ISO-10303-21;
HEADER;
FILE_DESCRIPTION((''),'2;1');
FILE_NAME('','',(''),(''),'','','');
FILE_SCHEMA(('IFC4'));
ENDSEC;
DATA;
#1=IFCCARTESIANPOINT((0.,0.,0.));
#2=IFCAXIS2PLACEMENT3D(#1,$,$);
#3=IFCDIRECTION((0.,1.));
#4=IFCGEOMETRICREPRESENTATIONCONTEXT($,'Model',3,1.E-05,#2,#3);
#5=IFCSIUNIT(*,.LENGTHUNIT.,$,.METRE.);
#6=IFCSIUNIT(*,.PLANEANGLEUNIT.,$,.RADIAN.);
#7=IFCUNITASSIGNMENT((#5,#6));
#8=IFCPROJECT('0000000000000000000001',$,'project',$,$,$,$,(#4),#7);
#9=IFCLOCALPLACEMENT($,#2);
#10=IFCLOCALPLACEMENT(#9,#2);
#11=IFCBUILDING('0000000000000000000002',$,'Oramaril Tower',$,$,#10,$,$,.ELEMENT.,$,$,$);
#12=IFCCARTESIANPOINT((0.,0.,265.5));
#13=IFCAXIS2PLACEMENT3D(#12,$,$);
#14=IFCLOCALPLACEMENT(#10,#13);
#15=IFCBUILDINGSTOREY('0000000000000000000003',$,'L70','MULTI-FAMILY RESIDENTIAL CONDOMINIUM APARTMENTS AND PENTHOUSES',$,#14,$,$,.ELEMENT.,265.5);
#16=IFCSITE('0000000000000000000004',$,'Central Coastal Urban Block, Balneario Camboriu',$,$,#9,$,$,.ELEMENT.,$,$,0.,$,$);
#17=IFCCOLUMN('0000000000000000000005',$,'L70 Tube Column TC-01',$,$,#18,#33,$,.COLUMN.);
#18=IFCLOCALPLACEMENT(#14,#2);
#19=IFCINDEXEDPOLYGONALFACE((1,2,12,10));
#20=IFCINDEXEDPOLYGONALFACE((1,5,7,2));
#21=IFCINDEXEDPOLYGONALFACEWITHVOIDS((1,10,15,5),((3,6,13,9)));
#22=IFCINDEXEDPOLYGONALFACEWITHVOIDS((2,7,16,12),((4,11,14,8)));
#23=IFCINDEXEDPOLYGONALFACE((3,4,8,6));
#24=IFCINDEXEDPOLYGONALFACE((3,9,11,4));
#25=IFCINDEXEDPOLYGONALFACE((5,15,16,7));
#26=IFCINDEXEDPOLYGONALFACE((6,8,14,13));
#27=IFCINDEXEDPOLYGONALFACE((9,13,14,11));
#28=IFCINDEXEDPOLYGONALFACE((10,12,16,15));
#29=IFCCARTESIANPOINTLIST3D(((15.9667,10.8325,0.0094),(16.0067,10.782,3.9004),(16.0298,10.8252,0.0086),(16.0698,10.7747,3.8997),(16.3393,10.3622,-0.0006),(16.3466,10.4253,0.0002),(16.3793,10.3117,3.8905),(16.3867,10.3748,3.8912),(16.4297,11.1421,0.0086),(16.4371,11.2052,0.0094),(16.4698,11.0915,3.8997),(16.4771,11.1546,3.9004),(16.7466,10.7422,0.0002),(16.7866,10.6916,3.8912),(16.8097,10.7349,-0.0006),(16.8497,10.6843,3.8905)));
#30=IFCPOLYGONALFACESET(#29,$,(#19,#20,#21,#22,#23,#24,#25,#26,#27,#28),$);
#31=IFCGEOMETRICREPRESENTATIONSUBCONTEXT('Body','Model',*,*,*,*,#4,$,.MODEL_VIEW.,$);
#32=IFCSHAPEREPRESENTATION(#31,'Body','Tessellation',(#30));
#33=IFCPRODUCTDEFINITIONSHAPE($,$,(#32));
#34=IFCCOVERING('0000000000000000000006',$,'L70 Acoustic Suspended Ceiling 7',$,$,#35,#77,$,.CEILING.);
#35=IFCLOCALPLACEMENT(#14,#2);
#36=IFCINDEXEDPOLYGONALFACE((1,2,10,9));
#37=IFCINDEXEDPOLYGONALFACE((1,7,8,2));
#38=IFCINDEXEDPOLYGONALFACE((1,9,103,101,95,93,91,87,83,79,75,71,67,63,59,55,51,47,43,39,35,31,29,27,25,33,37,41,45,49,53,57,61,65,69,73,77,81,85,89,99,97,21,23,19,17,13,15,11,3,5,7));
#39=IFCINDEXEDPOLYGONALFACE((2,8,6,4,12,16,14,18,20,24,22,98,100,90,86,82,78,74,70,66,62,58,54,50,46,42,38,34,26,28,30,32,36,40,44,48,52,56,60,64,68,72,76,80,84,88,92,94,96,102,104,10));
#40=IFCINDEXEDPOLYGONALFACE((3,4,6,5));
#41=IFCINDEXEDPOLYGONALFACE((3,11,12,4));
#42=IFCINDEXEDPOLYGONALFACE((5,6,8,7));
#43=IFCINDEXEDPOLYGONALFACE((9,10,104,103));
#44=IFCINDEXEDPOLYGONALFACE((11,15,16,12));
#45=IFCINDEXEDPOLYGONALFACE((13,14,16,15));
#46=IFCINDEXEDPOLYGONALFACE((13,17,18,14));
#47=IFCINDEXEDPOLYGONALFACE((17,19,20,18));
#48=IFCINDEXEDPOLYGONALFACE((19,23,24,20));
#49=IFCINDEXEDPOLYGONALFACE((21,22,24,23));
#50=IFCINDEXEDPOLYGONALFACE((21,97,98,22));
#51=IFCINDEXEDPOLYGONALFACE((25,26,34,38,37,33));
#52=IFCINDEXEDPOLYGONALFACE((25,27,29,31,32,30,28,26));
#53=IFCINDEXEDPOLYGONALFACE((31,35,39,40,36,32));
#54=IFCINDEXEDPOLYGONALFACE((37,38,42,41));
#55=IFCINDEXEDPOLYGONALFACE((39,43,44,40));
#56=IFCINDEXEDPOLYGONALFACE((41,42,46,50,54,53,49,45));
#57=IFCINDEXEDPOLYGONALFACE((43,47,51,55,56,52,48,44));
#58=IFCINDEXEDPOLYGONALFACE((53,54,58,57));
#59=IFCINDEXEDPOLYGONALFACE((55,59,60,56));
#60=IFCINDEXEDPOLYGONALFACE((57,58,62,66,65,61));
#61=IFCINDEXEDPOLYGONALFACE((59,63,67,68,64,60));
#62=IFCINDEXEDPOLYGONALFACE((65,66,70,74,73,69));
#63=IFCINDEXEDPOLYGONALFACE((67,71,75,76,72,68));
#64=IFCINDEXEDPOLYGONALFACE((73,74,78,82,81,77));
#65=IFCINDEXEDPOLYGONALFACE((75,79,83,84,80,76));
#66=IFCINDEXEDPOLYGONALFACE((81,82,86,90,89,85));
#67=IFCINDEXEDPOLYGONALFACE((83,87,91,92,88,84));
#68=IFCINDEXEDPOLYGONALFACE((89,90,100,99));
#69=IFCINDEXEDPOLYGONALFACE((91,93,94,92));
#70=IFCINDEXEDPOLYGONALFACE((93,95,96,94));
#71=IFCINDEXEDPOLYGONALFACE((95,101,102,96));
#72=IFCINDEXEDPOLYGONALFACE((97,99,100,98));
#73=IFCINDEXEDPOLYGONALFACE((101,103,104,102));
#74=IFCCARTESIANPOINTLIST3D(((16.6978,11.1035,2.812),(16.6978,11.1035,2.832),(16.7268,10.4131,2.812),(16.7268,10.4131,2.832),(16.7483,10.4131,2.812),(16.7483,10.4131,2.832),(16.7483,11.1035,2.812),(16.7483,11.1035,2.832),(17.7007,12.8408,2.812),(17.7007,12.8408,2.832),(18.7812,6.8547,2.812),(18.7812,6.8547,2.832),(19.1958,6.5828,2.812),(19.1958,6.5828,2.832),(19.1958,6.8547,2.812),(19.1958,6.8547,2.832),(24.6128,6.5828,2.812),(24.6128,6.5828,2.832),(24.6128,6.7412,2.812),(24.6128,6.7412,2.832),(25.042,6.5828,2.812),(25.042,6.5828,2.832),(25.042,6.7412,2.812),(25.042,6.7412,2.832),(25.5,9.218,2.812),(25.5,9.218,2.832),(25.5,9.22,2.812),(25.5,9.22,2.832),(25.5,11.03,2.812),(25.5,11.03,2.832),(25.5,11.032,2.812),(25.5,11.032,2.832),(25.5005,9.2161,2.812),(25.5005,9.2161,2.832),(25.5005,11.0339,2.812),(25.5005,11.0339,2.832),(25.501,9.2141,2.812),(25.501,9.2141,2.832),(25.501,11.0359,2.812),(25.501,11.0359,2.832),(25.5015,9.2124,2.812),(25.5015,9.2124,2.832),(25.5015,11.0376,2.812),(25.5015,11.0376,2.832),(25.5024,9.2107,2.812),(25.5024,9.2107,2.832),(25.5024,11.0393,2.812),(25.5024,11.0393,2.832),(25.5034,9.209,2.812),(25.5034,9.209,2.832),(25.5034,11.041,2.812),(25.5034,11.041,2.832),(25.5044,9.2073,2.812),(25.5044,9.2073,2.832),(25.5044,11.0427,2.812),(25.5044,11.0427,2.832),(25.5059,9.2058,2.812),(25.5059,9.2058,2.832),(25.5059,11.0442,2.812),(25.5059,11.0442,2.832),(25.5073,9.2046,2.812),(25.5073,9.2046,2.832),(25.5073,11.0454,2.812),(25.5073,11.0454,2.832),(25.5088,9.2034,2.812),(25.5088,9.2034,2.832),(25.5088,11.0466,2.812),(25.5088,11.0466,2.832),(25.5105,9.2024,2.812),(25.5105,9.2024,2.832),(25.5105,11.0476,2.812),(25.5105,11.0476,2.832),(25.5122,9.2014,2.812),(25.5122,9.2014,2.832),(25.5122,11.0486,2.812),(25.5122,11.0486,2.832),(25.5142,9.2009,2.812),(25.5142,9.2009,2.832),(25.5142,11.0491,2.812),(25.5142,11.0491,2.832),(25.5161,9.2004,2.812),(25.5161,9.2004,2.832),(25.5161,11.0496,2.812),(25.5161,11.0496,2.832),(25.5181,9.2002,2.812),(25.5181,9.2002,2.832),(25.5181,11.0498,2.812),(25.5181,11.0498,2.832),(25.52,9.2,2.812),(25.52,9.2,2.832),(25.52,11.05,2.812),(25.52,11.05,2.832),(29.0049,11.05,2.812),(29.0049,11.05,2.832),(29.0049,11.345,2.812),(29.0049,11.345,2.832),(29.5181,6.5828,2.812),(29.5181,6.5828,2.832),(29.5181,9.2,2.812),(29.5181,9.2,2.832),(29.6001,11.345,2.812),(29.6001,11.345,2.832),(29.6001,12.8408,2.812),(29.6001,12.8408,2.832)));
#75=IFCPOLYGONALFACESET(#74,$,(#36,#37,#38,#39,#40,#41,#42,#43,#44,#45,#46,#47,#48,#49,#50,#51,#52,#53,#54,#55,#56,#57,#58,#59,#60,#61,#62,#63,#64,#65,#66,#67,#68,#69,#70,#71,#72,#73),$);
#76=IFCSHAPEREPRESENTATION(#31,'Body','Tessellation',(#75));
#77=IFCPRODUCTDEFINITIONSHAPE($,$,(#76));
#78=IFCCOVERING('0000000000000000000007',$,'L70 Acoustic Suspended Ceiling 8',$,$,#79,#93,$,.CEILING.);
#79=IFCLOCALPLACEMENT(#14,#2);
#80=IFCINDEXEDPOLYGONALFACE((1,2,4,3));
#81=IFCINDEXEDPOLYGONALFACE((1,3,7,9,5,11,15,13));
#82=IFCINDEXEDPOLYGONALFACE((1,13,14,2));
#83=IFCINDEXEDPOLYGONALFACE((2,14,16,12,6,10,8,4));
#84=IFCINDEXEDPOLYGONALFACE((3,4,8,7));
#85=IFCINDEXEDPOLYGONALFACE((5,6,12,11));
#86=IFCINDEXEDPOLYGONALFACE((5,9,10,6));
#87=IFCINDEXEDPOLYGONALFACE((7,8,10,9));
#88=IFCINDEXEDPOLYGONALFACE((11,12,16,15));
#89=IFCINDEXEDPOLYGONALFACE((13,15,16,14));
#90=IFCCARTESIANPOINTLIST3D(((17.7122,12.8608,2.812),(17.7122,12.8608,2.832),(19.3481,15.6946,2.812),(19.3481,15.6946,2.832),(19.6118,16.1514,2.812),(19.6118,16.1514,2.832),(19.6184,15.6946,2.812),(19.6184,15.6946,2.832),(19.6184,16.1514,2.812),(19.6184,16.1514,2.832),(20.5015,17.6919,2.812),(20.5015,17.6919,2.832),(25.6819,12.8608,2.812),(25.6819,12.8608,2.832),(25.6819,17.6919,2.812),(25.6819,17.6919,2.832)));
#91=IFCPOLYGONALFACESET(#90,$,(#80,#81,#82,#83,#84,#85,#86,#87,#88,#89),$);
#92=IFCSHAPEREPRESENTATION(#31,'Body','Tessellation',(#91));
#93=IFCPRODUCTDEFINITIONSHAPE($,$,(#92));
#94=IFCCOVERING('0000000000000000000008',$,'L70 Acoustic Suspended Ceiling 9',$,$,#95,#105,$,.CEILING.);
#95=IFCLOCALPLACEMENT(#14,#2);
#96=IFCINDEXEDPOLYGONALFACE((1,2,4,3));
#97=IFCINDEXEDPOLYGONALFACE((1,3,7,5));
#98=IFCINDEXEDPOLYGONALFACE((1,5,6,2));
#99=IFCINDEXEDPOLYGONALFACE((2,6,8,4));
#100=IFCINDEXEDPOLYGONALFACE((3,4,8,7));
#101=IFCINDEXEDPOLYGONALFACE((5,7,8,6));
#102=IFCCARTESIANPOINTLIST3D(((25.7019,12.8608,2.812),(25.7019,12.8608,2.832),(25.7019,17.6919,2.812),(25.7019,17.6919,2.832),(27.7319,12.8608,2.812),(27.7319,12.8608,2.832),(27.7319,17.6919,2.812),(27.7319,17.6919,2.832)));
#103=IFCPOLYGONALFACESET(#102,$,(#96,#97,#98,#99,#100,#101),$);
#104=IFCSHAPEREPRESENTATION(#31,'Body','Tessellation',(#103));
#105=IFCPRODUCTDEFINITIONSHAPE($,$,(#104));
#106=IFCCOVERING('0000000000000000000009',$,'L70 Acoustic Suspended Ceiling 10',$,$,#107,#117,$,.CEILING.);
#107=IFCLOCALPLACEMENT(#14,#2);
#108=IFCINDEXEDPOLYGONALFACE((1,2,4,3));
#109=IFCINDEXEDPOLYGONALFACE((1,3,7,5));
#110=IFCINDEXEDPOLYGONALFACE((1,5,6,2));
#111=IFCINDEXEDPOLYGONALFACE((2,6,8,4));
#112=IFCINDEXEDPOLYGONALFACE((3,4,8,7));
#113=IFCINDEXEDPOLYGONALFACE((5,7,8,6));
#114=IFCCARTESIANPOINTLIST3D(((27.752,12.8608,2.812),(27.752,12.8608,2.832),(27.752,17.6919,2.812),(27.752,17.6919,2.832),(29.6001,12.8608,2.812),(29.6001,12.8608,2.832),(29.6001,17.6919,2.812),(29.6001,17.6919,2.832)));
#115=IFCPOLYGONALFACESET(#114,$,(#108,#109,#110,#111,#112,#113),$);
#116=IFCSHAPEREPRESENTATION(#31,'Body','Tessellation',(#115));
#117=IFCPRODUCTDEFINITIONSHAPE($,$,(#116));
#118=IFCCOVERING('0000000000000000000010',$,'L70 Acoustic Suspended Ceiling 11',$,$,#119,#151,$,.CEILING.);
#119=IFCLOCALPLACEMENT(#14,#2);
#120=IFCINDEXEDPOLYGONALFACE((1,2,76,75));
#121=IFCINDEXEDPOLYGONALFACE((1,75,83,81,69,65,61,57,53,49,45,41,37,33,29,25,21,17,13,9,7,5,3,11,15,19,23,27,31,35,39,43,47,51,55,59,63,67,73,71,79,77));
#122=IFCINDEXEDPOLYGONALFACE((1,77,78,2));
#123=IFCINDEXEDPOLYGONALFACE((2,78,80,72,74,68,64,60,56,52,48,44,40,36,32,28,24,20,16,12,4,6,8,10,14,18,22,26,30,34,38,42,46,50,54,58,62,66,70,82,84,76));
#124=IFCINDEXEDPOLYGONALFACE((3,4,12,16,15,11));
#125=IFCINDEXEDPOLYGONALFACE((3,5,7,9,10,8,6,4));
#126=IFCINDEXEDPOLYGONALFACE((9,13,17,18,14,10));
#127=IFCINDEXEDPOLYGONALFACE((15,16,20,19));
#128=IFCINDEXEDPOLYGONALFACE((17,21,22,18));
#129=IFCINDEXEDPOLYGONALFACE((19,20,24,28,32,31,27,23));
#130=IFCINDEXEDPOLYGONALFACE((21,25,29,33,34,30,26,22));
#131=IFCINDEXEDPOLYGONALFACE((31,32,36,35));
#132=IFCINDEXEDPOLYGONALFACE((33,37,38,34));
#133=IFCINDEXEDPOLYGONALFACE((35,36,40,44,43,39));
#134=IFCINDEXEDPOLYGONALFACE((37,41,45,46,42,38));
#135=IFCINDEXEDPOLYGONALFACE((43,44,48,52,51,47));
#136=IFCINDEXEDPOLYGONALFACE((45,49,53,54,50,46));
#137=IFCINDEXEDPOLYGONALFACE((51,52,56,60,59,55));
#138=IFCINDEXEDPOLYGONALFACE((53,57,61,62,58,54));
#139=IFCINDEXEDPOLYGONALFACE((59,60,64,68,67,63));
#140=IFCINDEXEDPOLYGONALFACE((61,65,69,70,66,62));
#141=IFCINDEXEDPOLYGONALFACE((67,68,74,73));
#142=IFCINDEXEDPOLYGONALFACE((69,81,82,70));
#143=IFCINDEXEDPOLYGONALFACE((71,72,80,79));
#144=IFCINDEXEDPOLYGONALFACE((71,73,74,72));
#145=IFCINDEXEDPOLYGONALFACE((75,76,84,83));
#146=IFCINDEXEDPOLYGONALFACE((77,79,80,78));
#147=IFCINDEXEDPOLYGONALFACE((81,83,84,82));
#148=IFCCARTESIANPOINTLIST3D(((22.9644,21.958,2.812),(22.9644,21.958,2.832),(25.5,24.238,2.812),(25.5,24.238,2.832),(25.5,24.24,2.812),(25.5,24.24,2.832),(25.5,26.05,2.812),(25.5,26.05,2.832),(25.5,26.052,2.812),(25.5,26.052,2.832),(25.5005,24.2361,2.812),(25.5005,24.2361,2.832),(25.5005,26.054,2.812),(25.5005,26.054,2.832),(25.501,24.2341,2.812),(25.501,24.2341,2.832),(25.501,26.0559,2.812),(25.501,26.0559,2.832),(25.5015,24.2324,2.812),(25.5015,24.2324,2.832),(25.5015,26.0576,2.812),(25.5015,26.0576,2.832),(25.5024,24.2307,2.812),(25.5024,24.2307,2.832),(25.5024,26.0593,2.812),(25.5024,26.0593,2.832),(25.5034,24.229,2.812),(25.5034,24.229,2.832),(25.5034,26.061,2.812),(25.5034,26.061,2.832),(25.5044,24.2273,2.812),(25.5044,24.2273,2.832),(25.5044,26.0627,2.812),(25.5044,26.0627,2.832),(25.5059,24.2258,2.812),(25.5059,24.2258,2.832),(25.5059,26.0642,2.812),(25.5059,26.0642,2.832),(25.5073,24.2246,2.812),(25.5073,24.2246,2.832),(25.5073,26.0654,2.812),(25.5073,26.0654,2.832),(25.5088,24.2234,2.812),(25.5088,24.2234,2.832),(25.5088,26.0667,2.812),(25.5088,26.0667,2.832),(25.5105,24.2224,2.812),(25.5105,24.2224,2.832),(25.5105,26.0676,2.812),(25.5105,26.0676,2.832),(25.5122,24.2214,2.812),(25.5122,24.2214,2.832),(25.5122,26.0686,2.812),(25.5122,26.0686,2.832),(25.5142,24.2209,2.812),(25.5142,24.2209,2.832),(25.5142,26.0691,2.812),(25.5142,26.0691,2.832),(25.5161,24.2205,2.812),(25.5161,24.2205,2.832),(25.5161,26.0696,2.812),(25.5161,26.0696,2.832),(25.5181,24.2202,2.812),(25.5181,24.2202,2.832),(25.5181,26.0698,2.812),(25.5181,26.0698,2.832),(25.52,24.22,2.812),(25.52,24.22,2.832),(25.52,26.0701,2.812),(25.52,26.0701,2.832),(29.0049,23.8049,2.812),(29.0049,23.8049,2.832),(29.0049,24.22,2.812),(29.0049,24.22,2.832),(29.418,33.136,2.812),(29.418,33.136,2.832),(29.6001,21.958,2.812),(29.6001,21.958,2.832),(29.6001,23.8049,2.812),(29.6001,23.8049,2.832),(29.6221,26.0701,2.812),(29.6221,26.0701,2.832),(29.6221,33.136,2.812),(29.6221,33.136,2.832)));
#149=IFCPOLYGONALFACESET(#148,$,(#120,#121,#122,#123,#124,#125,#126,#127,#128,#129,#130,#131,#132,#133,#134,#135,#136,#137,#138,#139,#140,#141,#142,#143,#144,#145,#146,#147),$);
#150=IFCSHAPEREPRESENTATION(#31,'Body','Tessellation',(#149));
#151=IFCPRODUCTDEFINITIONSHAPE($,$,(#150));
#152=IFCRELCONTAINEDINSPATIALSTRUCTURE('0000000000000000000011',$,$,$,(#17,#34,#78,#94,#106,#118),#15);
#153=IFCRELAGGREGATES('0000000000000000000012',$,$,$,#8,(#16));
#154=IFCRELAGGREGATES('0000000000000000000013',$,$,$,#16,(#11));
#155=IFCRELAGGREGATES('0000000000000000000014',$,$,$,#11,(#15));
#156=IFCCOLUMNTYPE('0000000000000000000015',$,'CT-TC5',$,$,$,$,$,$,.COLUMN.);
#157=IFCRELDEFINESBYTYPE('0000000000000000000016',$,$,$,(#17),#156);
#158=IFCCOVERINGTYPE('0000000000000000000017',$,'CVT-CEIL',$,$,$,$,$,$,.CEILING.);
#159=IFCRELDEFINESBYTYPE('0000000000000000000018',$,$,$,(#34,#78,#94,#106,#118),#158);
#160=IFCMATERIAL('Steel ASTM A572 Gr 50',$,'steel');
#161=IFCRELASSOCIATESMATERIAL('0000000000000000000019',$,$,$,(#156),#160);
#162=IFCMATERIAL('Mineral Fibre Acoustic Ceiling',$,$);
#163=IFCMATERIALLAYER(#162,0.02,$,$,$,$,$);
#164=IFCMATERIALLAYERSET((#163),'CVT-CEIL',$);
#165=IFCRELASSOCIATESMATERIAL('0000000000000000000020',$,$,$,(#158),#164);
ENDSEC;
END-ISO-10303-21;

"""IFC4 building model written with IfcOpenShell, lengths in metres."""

from ifc_helpers import new_model, si_unit, direction, frame, origin, origin_2d, place, context, subcontext, project, spatial, polyline, hollow_rectangle, outline, extrude, material, layer, layer_set, material_profile, profile_set, type_object, element, save


model = new_model("IFC4")

# Units and contexts
model_context = context("Model", 3, precision=1e-05, world=origin(), true_north=direction((0.0, 1.0)))
body_context = subcontext(model_context, "Body", "Model", "MODEL_VIEW")
ifc_project = project(units=[si_unit("LENGTHUNIT", "METRE"), si_unit("PLANEANGLEUNIT", "RADIAN")], contexts=[model_context])

# Site, building, storey
site_placement = place(None, origin())
site = spatial("IfcSite", under=ifc_project, at=site_placement, Name="Central Coastal Urban Block, Balneario Camboriu", CompositionType="ELEMENT", RefElevation=0.0)
building_placement = place(site_placement, origin())
building = spatial("IfcBuilding", under=site, at=building_placement, Name="Oramaril Tower", CompositionType="ELEMENT")
storey_placement = place(building_placement, frame((0.0, 0.0, 265.5)))
storey = spatial("IfcBuildingStorey", under=building, at=storey_placement, Name="L70", Description="MULTI-FAMILY RESIDENTIAL CONDOMINIUM APARTMENTS AND PENTHOUSES", CompositionType="ELEMENT", Elevation=265.5)

# Column
ifc_material_1 = material(Name="Steel ASTM A572 Gr 50", Category="steel")
ifc_material_profile = material_profile(ifc_material_1, hollow_rectangle(XDim=0.6001, YDim=0.6001, WallThickness=0.0449, at=origin_2d()), Name="BOX600X600X45")
ifc_profile_set = profile_set([ifc_material_profile], Name="Steel ASTM A572 Gr 50")
column_type = type_object("IfcColumnType", Name="CT-TC5", PredefinedType="COLUMN", material=ifc_profile_set)
column_placement = place(storey_placement, frame((16.3882, 10.7837, 0.0044), z_axis=(0.010288, -0.012986, 0.999863), x_axis=(0.783815, 0.620994, 0.0)))
element("IfcColumn", 1, at=column_placement, inside=storey, type_object=column_type, Name="L70 Tube Column TC-01", PredefinedType="COLUMN", context=body_context, shape_type="SweptSolid", body=[
    extrude(hollow_rectangle(XDim=0.6001, YDim=0.6001, WallThickness=0.0449, at=origin_2d()), origin(), (0.0, 0.0, 1.0), 3.8916),
])

# Coverings
ifc_material_2 = material(Name="Mineral Fibre Acoustic Ceiling")
ifc_layer_1 = layer(ifc_material_2, 0.02)
ifc_layer_set_1 = layer_set([ifc_layer_1], Name="CVT-CEIL")
covering_type_1 = type_object("IfcCoveringType", Name="CVT-CEIL", PredefinedType="CEILING", material=ifc_layer_set_1)
covering_1_placement = place(storey_placement, frame((0.0, 0.0, 2.812)))
element("IfcCovering", 2, at=covering_1_placement, inside=storey, type_object=covering_type_1, Name="L70 Acoustic Suspended Ceiling 7", PredefinedType="CEILING", context=body_context, shape_type="SweptSolid", body=[
    extrude(outline(polyline([(29.6001, 12.8408), (29.6001, 11.345), (29.0049, 11.345), (29.0049, 11.05), (25.52, 11.05), (25.5181, 11.0498), (25.5161, 11.0496), (25.5142, 11.0491), (25.5122, 11.0486), (25.5105, 11.0476), (25.5088, 11.0466), (25.5073, 11.0454), (25.5059, 11.0442), (25.5044, 11.0427), (25.5034, 11.041), (25.5024, 11.0393), (25.5015, 11.0376), (25.501, 11.0359), (25.5005, 11.0339), (25.5, 11.032), (25.5, 11.03), (25.5, 9.22), (25.5, 9.218), (25.5005, 9.2161), (25.501, 9.2141), (25.5015, 9.2124), (25.5024, 9.2107), (25.5034, 9.209), (25.5044, 9.2073), (25.5059, 9.2058), (25.5073, 9.2046), (25.5088, 9.2034), (25.5105, 9.2024), (25.5122, 9.2014), (25.5142, 9.2009), (25.5161, 9.2004), (25.5181, 9.2002), (25.52, 9.2), (29.5181, 9.2), (29.5181, 6.5828), (25.042, 6.5828), (25.042, 6.7412), (24.6128, 6.7412), (24.6128, 6.5828), (19.1958, 6.5828), (19.1958, 6.8547), (18.7812, 6.8547), (16.7268, 10.4131), (16.7483, 10.4131), (16.7483, 11.1035), (16.6978, 11.1035), (17.7007, 12.8408), (29.6001, 12.8408)])), origin(), (0.0, 0.0, 1.0), 0.02),
])
covering_2_placement = place(storey_placement, frame((0.0, 0.0, 2.812)))
element("IfcCovering", 3, at=covering_2_placement, inside=storey, type_object=covering_type_1, Name="L70 Acoustic Suspended Ceiling 8", PredefinedType="CEILING", context=body_context, shape_type="SweptSolid", body=[
    extrude(outline(polyline([(19.3481, 15.6946), (19.6184, 15.6946), (19.6184, 16.1514), (19.6118, 16.1514), (20.5015, 17.6919), (25.6819, 17.6919), (25.6819, 12.8608), (17.7122, 12.8608), (19.3481, 15.6946)])), origin(), (0.0, 0.0, 1.0), 0.02),
])
covering_3_placement = place(storey_placement, frame((0.0, 0.0, 2.812)))
element("IfcCovering", 4, at=covering_3_placement, inside=storey, type_object=covering_type_1, Name="L70 Acoustic Suspended Ceiling 9", PredefinedType="CEILING", context=body_context, shape_type="SweptSolid", body=[
    extrude(outline(polyline([(27.7319, 17.6919), (27.7319, 12.8608), (25.7019, 12.8608), (25.7019, 17.6919), (27.7319, 17.6919)])), origin(), (0.0, 0.0, 1.0), 0.02),
])
covering_4_placement = place(storey_placement, frame((0.0, 0.0, 2.812)))
element("IfcCovering", 5, at=covering_4_placement, inside=storey, type_object=covering_type_1, Name="L70 Acoustic Suspended Ceiling 10", PredefinedType="CEILING", context=body_context, shape_type="SweptSolid", body=[
    extrude(outline(polyline([(29.6001, 17.6919), (29.6001, 12.8608), (27.752, 12.8608), (27.752, 17.6919), (29.6001, 17.6919)])), origin(), (0.0, 0.0, 1.0), 0.02),
])
covering_5_placement = place(storey_placement, frame((0.0, 0.0, 2.812)))
element("IfcCovering", 6, at=covering_5_placement, inside=storey, type_object=covering_type_1, Name="L70 Acoustic Suspended Ceiling 11", PredefinedType="CEILING", context=body_context, shape_type="SweptSolid", body=[
    extrude(outline(polyline([(29.0049, 23.8049), (29.6001, 23.8049), (29.6001, 21.958), (22.9644, 21.958), (29.418, 33.136), (29.6221, 33.136), (29.6221, 26.0701), (25.52, 26.0701), (25.5181, 26.0698), (25.5161, 26.0696), (25.5142, 26.0691), (25.5122, 26.0686), (25.5105, 26.0676), (25.5088, 26.0667), (25.5073, 26.0654), (25.5059, 26.0642), (25.5044, 26.0627), (25.5034, 26.061), (25.5024, 26.0593), (25.5015, 26.0576), (25.501, 26.0559), (25.5005, 26.054), (25.5, 26.052), (25.5, 26.05), (25.5, 24.24), (25.5, 24.238), (25.5005, 24.2361), (25.501, 24.2341), (25.5015, 24.2324), (25.5024, 24.2307), (25.5034, 24.229), (25.5044, 24.2273), (25.5059, 24.2258), (25.5073, 24.2246), (25.5088, 24.2234), (25.5105, 24.2224), (25.5122, 24.2214), (25.5142, 24.2209), (25.5161, 24.2205), (25.5181, 24.2202), (25.52, 24.22), (29.0049, 24.22), (29.0049, 23.8049)])), origin(), (0.0, 0.0, 1.0), 0.02),
])

save(model, "model.ifc")
